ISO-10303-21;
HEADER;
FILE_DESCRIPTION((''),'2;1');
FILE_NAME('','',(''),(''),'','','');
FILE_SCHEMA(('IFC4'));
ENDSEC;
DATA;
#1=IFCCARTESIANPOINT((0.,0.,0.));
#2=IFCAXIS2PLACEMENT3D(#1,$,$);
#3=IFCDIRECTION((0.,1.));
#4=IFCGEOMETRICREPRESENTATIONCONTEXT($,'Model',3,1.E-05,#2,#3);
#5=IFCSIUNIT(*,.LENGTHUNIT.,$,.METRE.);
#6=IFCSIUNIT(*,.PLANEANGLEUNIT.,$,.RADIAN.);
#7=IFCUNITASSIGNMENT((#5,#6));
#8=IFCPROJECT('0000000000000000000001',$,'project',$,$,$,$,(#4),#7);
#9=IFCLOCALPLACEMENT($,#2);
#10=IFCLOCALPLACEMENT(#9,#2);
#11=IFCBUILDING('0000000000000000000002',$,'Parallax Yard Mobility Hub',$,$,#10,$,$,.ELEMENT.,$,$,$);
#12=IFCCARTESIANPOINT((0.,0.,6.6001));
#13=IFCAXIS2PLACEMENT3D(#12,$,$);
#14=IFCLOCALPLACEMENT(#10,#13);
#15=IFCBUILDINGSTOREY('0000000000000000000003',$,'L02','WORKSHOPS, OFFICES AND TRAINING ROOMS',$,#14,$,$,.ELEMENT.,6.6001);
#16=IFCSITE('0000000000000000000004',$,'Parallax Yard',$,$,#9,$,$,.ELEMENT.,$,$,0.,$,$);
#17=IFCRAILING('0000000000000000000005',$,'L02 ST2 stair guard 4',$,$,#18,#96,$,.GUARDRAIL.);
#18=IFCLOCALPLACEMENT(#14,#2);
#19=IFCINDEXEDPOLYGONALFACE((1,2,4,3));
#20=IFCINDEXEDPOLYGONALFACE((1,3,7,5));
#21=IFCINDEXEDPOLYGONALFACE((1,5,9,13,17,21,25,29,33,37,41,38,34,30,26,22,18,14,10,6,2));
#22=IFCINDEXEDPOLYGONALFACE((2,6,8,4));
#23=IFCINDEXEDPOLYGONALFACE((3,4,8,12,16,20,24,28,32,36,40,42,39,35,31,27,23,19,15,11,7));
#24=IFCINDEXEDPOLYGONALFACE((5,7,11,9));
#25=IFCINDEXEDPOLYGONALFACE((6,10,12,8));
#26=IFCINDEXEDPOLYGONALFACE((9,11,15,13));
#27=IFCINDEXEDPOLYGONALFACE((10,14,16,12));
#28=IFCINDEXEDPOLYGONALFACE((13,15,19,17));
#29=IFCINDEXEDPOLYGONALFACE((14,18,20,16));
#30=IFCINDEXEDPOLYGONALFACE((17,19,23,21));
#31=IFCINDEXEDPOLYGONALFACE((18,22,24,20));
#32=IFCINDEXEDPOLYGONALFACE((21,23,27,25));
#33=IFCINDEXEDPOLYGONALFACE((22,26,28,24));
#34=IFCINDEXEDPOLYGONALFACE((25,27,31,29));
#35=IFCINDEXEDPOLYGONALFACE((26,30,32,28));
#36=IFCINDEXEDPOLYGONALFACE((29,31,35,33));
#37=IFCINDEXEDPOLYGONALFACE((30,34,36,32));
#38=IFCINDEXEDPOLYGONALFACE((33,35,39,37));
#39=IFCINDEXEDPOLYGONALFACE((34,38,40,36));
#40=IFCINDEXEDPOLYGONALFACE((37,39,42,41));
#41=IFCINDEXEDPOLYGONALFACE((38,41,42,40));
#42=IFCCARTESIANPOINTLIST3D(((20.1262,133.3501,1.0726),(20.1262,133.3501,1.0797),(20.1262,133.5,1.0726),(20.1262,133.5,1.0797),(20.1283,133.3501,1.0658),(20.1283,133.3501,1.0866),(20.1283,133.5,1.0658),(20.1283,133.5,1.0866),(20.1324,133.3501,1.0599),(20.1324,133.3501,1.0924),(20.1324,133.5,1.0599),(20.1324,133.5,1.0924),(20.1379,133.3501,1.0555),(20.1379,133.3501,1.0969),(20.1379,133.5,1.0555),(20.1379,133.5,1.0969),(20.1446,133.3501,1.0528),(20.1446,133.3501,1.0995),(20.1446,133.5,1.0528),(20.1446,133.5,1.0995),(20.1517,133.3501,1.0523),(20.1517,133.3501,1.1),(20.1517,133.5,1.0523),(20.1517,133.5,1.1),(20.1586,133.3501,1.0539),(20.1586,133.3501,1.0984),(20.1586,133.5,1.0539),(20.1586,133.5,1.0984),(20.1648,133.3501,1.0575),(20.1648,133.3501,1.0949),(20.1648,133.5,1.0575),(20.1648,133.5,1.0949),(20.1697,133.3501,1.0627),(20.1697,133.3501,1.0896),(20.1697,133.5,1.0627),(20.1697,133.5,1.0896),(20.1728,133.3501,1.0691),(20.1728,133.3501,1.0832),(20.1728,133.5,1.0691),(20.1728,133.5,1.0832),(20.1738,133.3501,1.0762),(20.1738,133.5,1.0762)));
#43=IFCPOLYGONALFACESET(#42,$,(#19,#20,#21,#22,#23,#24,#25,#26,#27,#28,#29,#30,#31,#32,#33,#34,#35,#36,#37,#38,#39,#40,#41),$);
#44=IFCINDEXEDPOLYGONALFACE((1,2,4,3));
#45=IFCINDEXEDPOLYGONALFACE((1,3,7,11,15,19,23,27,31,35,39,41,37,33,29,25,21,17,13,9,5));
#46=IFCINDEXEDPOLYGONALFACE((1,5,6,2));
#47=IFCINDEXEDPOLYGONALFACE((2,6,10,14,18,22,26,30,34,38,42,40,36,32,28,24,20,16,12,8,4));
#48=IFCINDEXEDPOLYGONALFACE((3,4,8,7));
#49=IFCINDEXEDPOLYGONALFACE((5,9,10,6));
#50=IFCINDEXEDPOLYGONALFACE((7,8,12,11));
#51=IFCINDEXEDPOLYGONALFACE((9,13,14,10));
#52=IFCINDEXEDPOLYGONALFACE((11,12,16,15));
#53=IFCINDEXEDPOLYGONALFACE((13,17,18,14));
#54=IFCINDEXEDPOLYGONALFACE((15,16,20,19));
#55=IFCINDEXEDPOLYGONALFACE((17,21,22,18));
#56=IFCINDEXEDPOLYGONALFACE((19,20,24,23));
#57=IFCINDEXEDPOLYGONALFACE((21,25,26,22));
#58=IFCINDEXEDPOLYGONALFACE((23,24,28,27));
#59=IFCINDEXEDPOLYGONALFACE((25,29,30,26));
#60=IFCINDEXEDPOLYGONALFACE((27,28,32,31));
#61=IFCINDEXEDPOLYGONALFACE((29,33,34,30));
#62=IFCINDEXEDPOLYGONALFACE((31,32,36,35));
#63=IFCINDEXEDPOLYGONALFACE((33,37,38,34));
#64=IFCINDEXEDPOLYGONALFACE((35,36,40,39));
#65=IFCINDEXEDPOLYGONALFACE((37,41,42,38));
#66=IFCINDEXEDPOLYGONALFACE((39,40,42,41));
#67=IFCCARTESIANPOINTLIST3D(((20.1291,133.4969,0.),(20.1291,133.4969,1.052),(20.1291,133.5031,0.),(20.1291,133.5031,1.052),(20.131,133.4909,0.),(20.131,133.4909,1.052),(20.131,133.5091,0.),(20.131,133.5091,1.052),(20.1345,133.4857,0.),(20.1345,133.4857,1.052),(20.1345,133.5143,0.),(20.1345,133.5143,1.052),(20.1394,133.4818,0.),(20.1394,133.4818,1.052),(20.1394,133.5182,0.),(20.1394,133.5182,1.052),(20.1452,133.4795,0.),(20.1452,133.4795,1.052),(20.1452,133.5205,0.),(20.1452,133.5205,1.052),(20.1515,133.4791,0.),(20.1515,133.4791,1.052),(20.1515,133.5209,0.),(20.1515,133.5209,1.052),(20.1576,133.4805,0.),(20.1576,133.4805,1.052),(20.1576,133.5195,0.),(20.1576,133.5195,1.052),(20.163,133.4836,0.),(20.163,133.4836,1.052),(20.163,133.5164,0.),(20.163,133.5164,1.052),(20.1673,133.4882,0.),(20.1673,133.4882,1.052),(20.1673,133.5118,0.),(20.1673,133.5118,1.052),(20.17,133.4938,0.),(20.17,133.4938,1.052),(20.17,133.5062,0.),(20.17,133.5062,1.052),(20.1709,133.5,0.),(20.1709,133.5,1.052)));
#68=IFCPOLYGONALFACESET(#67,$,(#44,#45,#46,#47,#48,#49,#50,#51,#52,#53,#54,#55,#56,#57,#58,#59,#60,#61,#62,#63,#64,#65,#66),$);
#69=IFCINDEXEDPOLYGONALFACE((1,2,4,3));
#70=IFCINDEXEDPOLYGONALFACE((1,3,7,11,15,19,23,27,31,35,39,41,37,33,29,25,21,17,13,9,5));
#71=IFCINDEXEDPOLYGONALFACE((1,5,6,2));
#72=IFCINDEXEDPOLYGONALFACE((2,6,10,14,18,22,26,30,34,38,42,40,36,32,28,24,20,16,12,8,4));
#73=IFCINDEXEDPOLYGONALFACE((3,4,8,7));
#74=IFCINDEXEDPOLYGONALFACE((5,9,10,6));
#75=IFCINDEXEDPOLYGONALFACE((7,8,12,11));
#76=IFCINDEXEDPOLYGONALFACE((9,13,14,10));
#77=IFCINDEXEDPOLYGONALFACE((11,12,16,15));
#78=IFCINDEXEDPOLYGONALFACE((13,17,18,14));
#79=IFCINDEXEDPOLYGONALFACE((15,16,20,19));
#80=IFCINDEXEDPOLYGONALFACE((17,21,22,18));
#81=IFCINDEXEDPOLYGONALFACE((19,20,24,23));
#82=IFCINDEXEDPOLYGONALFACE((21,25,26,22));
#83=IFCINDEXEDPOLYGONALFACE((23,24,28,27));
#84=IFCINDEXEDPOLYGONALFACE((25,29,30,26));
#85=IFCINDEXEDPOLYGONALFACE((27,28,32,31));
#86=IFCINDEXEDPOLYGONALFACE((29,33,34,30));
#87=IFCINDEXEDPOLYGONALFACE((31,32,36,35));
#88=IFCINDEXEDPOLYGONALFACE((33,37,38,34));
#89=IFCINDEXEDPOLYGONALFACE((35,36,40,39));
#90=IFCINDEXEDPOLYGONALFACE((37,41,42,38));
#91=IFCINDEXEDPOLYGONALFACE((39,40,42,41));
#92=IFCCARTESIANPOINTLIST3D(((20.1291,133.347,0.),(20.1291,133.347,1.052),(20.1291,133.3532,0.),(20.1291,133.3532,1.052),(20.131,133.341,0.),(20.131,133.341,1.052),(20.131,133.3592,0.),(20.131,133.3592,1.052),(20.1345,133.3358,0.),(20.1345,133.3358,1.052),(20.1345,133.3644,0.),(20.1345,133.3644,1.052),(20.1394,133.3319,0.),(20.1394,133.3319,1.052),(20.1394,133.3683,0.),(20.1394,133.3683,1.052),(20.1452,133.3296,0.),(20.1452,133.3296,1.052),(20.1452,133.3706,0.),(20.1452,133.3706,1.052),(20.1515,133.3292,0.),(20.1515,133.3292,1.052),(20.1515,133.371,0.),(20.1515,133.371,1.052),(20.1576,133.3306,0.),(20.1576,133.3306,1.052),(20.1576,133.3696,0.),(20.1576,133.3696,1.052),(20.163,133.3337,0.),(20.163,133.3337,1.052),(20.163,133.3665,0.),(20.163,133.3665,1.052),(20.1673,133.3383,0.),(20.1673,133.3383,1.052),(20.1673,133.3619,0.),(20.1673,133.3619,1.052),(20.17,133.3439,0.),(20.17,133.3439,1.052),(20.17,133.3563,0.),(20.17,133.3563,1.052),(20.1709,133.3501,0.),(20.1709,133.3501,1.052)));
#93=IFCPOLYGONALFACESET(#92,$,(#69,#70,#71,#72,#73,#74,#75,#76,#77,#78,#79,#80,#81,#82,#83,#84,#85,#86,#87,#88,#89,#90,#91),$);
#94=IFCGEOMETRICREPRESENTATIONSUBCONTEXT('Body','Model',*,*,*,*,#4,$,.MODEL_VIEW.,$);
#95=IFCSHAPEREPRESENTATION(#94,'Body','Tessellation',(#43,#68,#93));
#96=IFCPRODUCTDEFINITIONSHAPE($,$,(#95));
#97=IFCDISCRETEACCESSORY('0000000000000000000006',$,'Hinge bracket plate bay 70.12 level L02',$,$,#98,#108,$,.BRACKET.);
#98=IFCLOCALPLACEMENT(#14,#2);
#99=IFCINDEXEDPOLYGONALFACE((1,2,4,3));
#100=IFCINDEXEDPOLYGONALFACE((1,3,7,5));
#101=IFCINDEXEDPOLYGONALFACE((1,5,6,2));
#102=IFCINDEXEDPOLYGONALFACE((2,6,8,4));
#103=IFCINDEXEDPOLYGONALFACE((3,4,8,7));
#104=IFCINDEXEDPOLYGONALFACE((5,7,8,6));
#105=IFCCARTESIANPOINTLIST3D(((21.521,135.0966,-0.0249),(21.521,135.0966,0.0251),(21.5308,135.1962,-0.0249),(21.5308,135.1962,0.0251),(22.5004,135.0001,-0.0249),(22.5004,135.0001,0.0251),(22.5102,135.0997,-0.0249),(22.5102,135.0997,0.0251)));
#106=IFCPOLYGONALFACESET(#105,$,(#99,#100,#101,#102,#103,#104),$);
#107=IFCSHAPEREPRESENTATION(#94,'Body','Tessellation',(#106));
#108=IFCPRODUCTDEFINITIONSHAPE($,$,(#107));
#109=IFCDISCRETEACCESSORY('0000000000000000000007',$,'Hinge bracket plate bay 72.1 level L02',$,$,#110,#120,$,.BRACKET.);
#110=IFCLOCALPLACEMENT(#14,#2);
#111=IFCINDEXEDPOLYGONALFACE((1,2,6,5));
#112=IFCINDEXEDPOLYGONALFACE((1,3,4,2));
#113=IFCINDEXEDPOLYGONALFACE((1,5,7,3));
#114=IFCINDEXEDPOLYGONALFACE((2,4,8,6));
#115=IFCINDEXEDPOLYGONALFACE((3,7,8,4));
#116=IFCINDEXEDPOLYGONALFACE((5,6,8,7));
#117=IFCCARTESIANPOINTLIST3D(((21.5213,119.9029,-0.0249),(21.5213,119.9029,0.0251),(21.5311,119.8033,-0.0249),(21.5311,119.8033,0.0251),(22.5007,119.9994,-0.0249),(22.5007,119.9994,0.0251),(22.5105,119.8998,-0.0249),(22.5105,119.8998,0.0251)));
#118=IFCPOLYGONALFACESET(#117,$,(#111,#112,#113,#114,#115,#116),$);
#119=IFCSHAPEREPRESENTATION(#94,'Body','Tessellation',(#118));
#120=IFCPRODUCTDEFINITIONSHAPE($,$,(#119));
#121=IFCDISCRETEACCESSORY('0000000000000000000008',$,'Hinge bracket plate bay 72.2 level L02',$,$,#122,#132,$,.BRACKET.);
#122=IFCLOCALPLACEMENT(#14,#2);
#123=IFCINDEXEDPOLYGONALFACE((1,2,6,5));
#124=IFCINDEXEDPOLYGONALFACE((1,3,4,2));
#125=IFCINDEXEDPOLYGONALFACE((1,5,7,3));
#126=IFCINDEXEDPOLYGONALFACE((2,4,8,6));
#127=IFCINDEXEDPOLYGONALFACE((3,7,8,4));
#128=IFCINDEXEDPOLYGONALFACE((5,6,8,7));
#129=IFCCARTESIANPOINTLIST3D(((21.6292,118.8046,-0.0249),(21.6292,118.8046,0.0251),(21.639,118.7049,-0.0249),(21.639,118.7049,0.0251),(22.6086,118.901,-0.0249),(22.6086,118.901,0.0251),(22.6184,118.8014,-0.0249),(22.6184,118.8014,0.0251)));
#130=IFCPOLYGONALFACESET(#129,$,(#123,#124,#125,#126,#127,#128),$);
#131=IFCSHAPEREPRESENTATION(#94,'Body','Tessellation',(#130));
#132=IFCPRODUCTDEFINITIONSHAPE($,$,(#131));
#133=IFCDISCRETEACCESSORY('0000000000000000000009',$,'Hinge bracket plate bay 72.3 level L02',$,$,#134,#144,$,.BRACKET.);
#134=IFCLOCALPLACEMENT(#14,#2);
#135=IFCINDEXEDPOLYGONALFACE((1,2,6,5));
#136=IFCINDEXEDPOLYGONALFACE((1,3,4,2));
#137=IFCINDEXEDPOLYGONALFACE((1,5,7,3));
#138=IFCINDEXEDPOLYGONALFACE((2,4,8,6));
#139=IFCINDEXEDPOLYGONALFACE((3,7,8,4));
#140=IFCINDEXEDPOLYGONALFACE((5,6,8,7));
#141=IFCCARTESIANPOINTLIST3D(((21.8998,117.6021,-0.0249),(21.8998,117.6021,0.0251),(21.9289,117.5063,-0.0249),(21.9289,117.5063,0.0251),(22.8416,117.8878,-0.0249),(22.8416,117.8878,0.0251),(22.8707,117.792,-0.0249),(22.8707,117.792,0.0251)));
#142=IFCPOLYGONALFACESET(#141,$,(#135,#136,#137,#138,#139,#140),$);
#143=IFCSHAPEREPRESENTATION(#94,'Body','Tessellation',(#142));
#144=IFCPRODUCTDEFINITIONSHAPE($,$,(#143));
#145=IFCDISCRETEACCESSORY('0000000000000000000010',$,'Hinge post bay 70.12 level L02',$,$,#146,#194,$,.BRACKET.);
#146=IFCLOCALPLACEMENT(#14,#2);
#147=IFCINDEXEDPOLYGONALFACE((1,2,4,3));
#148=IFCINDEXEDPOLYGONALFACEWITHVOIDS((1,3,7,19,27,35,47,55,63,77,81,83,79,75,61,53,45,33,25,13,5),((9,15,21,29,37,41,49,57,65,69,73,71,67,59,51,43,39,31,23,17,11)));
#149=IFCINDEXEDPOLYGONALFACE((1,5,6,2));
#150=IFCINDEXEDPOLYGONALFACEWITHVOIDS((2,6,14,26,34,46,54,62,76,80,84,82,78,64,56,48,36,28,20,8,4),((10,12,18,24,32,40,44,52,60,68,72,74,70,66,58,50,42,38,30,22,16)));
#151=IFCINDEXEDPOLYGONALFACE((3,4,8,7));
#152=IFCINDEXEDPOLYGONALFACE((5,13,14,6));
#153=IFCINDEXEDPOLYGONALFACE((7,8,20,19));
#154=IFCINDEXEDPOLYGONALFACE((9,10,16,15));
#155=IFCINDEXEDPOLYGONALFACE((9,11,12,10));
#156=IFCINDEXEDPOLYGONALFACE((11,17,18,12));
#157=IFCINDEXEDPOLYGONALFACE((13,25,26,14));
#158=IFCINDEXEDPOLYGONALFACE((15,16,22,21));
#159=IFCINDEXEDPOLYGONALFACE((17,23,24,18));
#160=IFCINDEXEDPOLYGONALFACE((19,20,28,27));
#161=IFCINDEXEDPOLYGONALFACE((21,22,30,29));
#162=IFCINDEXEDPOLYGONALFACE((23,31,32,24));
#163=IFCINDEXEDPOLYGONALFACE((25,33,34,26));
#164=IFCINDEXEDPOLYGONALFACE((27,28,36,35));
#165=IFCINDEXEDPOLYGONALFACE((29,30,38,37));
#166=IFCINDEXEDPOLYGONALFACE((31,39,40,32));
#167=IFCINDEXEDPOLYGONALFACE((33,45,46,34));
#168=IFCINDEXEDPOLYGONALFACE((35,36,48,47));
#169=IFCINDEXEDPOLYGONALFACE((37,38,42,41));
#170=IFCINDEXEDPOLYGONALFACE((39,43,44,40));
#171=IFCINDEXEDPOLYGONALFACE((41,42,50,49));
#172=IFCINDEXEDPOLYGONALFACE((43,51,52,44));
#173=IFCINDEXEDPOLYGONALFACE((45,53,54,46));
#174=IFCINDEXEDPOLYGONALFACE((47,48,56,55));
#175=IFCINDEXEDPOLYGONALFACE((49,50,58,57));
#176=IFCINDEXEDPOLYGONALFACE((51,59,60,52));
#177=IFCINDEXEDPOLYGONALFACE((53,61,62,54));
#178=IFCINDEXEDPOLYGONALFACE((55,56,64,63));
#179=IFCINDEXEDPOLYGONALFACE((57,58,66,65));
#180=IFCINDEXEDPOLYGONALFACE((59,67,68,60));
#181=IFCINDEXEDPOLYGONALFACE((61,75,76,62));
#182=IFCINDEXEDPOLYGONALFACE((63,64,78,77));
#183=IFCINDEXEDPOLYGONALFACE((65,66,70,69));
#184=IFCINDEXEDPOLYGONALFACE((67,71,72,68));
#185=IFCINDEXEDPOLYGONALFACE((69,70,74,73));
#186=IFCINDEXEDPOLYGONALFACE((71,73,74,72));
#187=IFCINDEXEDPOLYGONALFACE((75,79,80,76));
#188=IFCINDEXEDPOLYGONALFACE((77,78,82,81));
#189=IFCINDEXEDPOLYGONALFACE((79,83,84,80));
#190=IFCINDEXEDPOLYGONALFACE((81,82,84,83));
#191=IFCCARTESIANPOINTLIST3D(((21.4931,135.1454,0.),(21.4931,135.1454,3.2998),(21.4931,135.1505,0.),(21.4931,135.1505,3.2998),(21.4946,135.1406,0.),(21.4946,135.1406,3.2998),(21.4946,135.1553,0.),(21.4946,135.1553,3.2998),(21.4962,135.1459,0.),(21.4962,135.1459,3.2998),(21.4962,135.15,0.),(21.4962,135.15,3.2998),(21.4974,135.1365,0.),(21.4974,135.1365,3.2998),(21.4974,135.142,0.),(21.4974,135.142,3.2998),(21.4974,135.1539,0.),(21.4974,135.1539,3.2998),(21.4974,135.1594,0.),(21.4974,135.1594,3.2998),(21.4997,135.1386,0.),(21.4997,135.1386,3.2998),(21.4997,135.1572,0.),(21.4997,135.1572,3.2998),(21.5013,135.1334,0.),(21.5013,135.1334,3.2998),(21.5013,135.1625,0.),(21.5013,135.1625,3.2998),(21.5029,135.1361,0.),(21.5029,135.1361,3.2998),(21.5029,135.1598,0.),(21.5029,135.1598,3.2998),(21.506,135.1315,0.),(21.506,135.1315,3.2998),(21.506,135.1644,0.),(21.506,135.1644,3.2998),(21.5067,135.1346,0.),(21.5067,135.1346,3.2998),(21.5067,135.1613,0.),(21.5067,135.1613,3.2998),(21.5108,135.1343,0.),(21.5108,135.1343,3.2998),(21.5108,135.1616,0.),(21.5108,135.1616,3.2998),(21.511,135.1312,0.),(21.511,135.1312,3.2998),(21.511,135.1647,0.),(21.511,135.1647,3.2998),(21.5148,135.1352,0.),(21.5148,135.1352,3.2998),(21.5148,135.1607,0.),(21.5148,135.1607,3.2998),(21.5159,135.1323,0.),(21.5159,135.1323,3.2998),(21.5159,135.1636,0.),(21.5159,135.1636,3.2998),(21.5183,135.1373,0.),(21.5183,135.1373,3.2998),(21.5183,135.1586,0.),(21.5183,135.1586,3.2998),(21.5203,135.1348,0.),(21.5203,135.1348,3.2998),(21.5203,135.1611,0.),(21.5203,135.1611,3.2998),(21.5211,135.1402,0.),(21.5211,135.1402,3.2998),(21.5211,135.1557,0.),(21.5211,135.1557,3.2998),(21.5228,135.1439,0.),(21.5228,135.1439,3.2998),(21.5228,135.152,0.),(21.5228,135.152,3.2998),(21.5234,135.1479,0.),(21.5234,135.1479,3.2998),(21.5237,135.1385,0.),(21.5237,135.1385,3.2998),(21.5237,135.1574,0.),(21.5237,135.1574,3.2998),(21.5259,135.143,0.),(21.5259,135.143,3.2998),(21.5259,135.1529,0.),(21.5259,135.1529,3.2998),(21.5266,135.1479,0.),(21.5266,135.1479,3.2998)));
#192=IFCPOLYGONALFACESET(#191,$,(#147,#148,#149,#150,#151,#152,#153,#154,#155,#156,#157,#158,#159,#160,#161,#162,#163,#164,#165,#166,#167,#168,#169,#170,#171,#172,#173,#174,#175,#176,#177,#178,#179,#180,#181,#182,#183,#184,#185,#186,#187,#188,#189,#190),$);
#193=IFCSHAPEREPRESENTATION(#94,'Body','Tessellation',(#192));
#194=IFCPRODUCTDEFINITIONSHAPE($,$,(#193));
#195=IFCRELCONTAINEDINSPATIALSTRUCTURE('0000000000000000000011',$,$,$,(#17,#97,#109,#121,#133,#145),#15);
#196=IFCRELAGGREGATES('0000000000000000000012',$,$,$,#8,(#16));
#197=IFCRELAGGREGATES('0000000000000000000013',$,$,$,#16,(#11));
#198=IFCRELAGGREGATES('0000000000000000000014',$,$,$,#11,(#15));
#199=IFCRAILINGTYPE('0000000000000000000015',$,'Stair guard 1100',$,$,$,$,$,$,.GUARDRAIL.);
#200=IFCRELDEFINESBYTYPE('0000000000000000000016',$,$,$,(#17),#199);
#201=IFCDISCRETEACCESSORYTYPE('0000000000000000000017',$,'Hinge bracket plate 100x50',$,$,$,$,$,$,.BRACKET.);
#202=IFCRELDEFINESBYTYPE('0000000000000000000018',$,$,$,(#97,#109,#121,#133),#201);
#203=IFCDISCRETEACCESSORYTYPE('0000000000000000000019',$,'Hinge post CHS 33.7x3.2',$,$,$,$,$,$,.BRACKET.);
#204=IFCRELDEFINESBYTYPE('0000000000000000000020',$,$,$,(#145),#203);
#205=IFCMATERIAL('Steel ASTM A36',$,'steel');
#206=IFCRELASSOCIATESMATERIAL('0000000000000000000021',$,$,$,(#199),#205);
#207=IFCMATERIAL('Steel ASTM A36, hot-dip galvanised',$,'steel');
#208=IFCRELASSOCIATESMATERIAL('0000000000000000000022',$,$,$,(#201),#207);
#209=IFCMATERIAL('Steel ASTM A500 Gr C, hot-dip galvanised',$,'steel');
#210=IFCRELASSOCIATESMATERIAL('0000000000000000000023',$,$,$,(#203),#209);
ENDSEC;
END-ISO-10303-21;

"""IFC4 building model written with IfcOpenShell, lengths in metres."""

from ifc_helpers import new_model, si_unit, direction, frame, origin, origin_2d, place, context, subcontext, project, spatial, rectangle, circle, hollow_circle, extrude, material, material_profile, profile_set, type_object, element, save


model = new_model("IFC4")

# Units and contexts
model_context = context("Model", 3, precision=1e-05, world=origin(), true_north=direction((0.0, 1.0)))
body_context = subcontext(model_context, "Body", "Model", "MODEL_VIEW")
ifc_project = project(units=[si_unit("LENGTHUNIT", "METRE"), si_unit("PLANEANGLEUNIT", "RADIAN")], contexts=[model_context])

# Site, building, storey
site_placement = place(None, origin())
site = spatial("IfcSite", under=ifc_project, at=site_placement, Name="Parallax Yard", CompositionType="ELEMENT", RefElevation=0.0)
building_placement = place(site_placement, origin())
building = spatial("IfcBuilding", under=site, at=building_placement, Name="Parallax Yard Mobility Hub", CompositionType="ELEMENT")
storey_placement = place(building_placement, frame((0.0, 0.0, 6.6001)))
storey = spatial("IfcBuildingStorey", under=building, at=storey_placement, Name="L02", Description="WORKSHOPS, OFFICES AND TRAINING ROOMS", CompositionType="ELEMENT", Elevation=6.6001)

# Railing
ifc_material_1 = material(Name="Steel ASTM A36", Category="steel")
railing_type = type_object("IfcRailingType", Name="Stair guard 1100", PredefinedType="GUARDRAIL", material=ifc_material_1)
railing_placement = place(storey_placement, frame((20.1499, 133.5, 0.0)))
element("IfcRailing", 1, at=railing_placement, inside=storey, type_object=railing_type, Name="L02 ST2 stair guard 4", PredefinedType="GUARDRAIL", context=body_context, shape_type="SweptSolid", body=[
    extrude(circle(Radius=0.0239, at=origin_2d()), frame((0.0, 0.0, 1.0762), z_axis=(0.0, -1.0, 0.0), x_axis=(1.0, 0.0, 0.0)), (0.0, 0.0, 1.0), 0.1499),
    extrude(circle(Radius=0.021, at=origin_2d()), origin(), (0.0, 0.0, 1.0), 1.052),
    extrude(circle(Radius=0.021, at=origin_2d()), frame((0.0, -0.1499, 0.0)), (0.0, 0.0, 1.0), 1.052),
])

# Discrete accessories
ifc_material_2 = material(Name="Steel ASTM A36, hot-dip galvanised", Category="steel")
discrete_accessory_type_1 = type_object("IfcDiscreteAccessoryType", Name="Hinge bracket plate 100x50", PredefinedType="BRACKET", material=ifc_material_2)
for number, where, z_axis, x_axis, name in (
    (2, (22.0156, 135.0981, -0.0249), (0.0, 0.0, 1.0), (-0.995185, 0.098017, 0.0), "Hinge bracket plate bay 70.12 level L02"),
    (3, (22.0159, 119.9014, -0.0249), (0.0, 0.0, 1.0), (-0.995185, -0.098017, 0.0), "Hinge bracket plate bay 72.1 level L02"),
    (4, (22.1238, 118.803, -0.0249), (0.0, 0.0, 1.0), (-0.995185, -0.098017, 0.0), "Hinge bracket plate bay 72.2 level L02"),
    (5, (22.3853, 117.697, -0.0249), (0.0, 0.0, 1.0), (-0.95694, -0.290285, 0.0), "Hinge bracket plate bay 72.3 level L02"),
):
    element("IfcDiscreteAccessory", number, at=place(storey_placement, frame(where, z_axis=z_axis, x_axis=x_axis)), inside=storey, type_object=discrete_accessory_type_1, Name=name, PredefinedType="BRACKET", context=body_context, shape_type="SweptSolid", body=[
        extrude(rectangle(XDim=0.9841, YDim=0.1001, at=origin_2d()), origin(), (0.0, 0.0, 1.0), 0.05),
    ])
ifc_material_3 = material(Name="Steel ASTM A500 Gr C, hot-dip galvanised", Category="steel")
ifc_material_profile_1 = material_profile(ifc_material_3, hollow_circle(Radius=0.0168, WallThickness=0.0032, at=origin_2d()), Name="CHS 33.7x3.2")
ifc_profile_set_1 = profile_set([ifc_material_profile_1], Name="Steel ASTM A500 Gr C, hot-dip galvanised")
discrete_accessory_type_2 = type_object("IfcDiscreteAccessoryType", Name="Hinge post CHS 33.7x3.2", PredefinedType="BRACKET", material=ifc_profile_set_1)
for number, where, z_axis, x_axis, name in (
    (6, (21.5098, 135.1479, 0.0), (0.0, 0.0, 1.0), (1.0, 0.0, 0.0), "Hinge post bay 70.12 level L02"),
):
    element("IfcDiscreteAccessory", number, at=place(storey_placement, frame(where, z_axis=z_axis, x_axis=x_axis)), inside=storey, type_object=discrete_accessory_type_2, Name=name, PredefinedType="BRACKET", context=body_context, shape_type="SweptSolid", body=[
        extrude(hollow_circle(Radius=0.0168, WallThickness=0.0032, at=origin_2d()), origin(), (0.0, 0.0, 1.0), 3.2998),
    ])

save(model, "model.ifc")
